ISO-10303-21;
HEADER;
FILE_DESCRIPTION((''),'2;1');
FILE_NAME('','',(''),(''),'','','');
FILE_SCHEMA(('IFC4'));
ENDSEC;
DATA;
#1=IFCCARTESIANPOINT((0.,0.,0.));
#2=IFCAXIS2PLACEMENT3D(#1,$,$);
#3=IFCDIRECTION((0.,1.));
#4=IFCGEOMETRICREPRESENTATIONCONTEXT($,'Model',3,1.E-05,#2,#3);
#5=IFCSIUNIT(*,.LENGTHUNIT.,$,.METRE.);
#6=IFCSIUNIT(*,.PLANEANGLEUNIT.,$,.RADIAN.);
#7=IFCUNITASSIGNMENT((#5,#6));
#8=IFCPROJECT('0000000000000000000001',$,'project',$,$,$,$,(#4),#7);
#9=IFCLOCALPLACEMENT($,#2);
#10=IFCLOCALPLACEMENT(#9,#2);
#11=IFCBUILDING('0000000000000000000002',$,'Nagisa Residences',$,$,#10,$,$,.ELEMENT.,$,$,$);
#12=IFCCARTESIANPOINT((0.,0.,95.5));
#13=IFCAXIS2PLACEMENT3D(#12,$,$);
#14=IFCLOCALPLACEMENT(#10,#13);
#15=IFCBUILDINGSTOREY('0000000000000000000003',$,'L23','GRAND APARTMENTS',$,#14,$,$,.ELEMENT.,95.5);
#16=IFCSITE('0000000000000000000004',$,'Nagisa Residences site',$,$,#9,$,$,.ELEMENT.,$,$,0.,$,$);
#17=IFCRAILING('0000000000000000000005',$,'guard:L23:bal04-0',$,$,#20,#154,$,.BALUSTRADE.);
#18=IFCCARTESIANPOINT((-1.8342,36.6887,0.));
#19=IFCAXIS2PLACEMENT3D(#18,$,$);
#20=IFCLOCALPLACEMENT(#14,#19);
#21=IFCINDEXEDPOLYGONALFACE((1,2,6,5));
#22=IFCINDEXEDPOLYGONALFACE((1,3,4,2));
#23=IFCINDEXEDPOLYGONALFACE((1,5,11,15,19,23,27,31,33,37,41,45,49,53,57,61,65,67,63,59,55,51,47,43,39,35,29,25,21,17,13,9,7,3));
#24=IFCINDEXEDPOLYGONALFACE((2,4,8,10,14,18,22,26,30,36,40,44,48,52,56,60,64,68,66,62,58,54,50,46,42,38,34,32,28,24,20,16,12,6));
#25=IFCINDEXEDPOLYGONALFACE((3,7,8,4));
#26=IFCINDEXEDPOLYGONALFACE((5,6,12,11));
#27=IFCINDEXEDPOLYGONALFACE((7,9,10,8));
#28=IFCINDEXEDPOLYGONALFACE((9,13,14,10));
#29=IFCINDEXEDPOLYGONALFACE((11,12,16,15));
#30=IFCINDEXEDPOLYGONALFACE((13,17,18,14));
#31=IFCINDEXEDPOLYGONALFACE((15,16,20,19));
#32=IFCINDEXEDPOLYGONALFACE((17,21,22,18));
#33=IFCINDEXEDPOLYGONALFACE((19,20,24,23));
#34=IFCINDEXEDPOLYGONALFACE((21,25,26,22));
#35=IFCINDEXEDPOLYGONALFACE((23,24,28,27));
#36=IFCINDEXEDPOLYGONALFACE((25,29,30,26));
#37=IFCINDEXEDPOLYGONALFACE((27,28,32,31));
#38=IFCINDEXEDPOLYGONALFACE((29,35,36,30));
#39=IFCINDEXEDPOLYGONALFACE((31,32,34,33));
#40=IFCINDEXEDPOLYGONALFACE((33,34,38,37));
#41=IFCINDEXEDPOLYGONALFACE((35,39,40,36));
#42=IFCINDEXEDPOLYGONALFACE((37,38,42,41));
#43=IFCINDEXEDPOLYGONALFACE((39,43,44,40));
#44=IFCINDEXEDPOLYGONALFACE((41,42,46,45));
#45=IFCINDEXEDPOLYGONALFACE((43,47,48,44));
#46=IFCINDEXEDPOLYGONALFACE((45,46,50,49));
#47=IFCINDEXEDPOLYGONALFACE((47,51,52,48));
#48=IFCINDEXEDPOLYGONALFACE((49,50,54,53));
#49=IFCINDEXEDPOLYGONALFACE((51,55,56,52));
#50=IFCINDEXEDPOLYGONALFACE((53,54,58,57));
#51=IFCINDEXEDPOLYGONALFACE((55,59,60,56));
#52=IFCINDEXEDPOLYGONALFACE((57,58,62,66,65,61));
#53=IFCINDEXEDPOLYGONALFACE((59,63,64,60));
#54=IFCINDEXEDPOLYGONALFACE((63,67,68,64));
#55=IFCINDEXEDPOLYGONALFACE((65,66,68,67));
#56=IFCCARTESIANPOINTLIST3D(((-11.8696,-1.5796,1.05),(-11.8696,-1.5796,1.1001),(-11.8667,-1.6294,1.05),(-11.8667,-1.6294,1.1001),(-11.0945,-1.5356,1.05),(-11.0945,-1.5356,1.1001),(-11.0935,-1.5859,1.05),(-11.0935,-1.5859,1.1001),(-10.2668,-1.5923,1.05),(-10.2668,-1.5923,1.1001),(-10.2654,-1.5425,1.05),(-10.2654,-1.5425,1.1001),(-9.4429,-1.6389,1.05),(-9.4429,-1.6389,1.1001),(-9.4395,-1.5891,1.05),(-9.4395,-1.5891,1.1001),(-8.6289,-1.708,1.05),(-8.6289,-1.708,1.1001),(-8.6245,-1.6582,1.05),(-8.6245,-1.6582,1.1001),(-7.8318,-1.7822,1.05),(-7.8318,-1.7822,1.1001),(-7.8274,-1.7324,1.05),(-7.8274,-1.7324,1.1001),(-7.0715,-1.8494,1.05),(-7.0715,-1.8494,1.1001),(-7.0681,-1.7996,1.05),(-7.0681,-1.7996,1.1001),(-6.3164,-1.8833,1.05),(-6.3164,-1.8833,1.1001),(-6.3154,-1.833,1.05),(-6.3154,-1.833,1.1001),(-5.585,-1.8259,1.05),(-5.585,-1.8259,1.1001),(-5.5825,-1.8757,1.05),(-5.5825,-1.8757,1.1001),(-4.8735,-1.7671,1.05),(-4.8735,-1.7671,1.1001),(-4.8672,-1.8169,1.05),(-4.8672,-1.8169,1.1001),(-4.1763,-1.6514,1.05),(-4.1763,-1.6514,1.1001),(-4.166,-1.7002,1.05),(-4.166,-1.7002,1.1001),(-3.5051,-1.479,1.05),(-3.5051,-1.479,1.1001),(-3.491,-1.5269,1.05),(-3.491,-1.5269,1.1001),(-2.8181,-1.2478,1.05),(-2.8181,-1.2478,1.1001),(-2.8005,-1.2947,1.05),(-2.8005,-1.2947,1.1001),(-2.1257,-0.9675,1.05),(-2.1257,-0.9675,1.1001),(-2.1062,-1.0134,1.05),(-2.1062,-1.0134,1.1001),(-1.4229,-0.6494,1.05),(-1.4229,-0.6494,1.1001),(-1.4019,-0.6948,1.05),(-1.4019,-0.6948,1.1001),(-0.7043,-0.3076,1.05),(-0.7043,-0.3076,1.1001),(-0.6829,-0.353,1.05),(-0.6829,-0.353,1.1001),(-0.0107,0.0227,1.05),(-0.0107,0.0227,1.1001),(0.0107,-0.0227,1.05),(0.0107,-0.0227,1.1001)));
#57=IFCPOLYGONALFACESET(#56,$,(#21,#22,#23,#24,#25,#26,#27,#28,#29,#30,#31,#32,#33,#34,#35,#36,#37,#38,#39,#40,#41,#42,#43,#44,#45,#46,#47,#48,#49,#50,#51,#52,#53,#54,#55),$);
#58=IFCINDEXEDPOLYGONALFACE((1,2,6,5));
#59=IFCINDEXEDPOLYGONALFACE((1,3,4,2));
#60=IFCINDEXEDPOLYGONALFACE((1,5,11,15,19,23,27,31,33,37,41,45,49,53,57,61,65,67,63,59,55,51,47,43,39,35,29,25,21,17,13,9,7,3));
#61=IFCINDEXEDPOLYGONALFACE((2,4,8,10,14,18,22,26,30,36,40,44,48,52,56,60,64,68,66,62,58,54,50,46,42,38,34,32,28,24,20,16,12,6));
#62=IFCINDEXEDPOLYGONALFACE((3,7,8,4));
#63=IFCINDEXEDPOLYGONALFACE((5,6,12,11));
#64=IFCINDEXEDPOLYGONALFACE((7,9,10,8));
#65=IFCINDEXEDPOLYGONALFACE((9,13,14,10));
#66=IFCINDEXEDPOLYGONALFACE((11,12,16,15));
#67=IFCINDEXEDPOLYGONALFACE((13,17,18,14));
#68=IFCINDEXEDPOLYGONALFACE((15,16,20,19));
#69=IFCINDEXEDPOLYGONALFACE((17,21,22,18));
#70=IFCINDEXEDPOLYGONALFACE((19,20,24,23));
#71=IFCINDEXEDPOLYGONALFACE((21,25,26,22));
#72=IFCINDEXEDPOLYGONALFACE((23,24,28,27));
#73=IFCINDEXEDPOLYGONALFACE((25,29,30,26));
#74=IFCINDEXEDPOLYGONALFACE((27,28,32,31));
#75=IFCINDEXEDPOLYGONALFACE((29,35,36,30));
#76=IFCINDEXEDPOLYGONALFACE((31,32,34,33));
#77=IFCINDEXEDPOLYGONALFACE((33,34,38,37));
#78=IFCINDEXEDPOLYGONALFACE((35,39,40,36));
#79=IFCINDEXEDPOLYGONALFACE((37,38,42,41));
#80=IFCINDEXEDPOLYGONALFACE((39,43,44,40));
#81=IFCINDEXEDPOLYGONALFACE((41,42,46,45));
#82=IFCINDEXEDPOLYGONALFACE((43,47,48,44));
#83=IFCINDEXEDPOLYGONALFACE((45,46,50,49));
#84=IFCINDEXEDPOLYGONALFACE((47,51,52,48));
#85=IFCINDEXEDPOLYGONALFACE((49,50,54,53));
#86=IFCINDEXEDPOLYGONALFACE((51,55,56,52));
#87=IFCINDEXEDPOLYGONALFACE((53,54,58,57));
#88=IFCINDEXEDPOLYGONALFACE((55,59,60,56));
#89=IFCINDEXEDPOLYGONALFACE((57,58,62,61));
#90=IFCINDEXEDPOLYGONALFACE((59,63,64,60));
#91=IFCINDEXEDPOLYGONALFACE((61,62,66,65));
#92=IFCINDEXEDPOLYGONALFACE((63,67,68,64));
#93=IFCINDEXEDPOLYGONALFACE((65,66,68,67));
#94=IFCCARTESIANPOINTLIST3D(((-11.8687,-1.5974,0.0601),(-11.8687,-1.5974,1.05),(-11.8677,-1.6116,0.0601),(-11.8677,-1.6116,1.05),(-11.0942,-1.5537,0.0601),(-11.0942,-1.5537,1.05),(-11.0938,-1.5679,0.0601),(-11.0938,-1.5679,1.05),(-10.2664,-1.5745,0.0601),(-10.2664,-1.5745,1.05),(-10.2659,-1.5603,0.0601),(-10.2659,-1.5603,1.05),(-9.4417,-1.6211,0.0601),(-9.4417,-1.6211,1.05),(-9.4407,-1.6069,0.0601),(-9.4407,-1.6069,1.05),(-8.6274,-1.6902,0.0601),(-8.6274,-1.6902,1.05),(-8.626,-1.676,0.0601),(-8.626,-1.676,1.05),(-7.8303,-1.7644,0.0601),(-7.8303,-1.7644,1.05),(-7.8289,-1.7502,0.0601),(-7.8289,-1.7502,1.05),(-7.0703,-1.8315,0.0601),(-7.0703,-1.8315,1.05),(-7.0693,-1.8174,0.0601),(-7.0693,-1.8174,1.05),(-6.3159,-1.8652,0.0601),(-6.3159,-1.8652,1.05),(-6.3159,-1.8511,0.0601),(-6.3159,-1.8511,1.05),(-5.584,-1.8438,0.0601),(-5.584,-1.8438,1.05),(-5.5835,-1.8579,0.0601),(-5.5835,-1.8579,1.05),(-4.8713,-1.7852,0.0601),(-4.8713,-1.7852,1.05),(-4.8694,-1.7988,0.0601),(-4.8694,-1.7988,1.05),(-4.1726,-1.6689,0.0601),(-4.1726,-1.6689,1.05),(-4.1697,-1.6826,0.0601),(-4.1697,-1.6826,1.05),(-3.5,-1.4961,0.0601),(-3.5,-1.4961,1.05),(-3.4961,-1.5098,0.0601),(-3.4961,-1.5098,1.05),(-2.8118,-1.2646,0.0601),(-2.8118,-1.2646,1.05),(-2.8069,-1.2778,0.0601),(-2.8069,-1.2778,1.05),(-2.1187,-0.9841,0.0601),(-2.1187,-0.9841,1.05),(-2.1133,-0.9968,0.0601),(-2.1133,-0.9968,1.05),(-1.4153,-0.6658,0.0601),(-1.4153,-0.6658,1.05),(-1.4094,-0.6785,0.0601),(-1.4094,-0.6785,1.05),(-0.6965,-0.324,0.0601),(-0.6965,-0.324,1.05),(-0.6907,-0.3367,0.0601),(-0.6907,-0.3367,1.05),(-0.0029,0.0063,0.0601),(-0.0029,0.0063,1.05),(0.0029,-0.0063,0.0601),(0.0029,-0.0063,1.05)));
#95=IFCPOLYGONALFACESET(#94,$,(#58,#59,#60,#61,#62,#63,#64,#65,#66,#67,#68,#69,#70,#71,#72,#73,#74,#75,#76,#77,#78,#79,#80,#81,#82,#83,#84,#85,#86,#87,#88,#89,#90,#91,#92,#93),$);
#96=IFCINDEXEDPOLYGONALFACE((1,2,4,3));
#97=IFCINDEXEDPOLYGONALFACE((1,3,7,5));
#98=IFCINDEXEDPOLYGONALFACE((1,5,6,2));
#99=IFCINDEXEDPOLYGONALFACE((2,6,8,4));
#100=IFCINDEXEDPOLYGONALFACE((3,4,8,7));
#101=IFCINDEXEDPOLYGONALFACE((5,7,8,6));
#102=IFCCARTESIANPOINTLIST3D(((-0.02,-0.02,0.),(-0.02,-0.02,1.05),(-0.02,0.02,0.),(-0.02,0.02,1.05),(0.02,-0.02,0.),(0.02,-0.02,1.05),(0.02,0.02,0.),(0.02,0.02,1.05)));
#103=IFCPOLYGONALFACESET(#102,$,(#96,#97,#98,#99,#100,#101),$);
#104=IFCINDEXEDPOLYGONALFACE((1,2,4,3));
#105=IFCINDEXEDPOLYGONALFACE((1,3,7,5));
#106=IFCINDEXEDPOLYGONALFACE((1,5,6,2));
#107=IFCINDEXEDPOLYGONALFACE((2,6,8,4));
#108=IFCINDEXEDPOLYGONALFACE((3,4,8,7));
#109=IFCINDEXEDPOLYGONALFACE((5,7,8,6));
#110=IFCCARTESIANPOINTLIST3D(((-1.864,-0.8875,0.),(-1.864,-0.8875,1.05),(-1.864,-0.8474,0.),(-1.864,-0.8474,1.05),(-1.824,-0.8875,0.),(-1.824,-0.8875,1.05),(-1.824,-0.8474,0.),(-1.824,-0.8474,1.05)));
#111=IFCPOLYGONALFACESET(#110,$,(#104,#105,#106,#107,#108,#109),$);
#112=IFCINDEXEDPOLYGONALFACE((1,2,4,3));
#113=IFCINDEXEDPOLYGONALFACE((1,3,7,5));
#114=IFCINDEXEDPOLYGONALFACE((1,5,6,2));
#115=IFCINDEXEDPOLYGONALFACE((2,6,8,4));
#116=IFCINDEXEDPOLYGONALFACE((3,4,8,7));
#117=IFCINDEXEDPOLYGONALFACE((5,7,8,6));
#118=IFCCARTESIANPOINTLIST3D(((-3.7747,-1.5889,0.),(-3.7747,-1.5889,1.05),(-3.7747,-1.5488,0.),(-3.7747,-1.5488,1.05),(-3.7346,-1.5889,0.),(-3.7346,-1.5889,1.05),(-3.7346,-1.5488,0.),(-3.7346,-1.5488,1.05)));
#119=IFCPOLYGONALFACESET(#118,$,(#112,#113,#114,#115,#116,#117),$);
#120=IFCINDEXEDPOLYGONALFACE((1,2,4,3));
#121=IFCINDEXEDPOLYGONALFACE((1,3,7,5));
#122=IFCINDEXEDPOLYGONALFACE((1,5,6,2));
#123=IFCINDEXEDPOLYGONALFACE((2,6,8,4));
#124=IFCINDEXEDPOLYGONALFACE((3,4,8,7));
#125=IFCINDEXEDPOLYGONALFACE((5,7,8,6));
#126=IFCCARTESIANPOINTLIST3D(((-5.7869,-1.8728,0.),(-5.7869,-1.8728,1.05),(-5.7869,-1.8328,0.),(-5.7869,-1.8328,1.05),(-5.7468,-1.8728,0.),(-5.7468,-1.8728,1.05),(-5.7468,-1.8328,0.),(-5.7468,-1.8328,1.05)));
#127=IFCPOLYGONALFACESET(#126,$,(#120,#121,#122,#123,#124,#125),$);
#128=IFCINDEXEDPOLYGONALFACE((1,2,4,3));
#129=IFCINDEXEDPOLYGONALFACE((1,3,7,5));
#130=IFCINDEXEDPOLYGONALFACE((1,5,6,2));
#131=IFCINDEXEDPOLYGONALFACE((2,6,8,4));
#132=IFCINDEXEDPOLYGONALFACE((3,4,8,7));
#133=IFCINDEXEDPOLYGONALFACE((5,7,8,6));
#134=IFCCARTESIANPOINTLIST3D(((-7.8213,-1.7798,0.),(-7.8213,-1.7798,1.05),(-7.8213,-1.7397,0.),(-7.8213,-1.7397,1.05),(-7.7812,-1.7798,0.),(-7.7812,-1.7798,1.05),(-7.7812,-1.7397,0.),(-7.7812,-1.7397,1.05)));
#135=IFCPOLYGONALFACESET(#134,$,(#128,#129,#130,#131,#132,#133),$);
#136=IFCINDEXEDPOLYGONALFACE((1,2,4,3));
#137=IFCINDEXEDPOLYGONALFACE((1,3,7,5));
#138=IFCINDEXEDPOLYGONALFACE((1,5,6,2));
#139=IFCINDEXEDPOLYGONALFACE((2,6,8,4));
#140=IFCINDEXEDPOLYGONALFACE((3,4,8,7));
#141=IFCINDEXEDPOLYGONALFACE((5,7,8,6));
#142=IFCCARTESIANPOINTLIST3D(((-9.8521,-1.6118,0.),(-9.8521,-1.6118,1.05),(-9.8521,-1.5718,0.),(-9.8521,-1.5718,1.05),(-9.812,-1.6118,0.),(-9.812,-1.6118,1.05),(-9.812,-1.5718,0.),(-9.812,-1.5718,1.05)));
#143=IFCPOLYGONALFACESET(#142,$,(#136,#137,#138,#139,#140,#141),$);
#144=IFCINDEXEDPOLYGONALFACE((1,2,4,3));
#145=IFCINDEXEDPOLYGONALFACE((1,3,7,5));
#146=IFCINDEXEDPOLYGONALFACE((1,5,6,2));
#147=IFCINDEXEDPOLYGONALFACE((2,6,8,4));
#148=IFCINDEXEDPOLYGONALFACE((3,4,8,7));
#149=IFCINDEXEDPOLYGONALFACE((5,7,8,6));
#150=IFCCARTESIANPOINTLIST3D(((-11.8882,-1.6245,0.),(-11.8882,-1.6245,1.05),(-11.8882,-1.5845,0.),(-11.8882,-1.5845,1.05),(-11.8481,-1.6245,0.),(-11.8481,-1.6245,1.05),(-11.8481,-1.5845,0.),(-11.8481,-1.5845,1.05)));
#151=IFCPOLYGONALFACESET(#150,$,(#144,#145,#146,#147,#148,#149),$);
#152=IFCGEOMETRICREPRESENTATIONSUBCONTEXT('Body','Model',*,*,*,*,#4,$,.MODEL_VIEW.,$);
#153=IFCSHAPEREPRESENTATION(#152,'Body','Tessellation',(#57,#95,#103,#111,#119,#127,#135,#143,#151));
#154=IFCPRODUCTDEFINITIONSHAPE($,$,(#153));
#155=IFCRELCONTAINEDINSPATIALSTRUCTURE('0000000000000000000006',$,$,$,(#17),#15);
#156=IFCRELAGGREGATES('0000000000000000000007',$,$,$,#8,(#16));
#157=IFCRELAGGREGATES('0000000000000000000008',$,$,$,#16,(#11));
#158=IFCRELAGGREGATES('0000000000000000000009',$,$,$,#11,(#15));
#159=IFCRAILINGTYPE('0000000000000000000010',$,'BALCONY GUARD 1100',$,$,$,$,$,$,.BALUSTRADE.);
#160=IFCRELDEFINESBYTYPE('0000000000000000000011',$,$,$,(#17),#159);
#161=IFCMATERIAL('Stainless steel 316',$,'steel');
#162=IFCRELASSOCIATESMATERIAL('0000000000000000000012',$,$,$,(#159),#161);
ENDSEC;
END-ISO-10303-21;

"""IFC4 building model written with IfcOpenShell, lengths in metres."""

from ifc_helpers import new_model, si_unit, direction, frame, origin, origin_2d, place, context, subcontext, project, spatial, polyline, rectangle, outline, extrude, material, type_object, element, save


model = new_model("IFC4")

# Units and contexts
model_context = context("Model", 3, precision=1e-05, world=origin(), true_north=direction((0.0, 1.0)))
body_context = subcontext(model_context, "Body", "Model", "MODEL_VIEW")
ifc_project = project(units=[si_unit("LENGTHUNIT", "METRE"), si_unit("PLANEANGLEUNIT", "RADIAN")], contexts=[model_context])

# Site, building, storey
site_placement = place(None, origin())
site = spatial("IfcSite", under=ifc_project, at=site_placement, Name="Nagisa Residences site", CompositionType="ELEMENT", RefElevation=0.0)
building_placement = place(site_placement, origin())
building = spatial("IfcBuilding", under=site, at=building_placement, Name="Nagisa Residences", CompositionType="ELEMENT")
storey_placement = place(building_placement, frame((0.0, 0.0, 95.5)))
storey = spatial("IfcBuildingStorey", under=building, at=storey_placement, Name="L23", Description="GRAND APARTMENTS", CompositionType="ELEMENT", Elevation=95.5)

# Railing
ifc_material_1 = material(Name="Stainless steel 316", Category="steel")
railing_type = type_object("IfcRailingType", Name="BALCONY GUARD 1100", PredefinedType="BALUSTRADE", material=ifc_material_1)
railing_placement = place(storey_placement, frame((-1.8342, 36.6887, 0.0)))
element("IfcRailing", 1, at=railing_placement, inside=storey, type_object=railing_type, Name="guard:L23:bal04-0", PredefinedType="BALUSTRADE", context=body_context, shape_type="SweptSolid", body=[
    extrude(outline(polyline([(-0.6829, -0.353), (0.0107, -0.0227), (-0.0107, 0.0227), (-0.7043, -0.3076), (-1.4229, -0.6494), (-2.1257, -0.9675), (-2.8181, -1.2478), (-3.5051, -1.479), (-4.1763, -1.6514), (-4.8735, -1.7671), (-5.585, -1.8259), (-6.3154, -1.833), (-7.0681, -1.7996), (-7.8274, -1.7324), (-8.6245, -1.6582), (-9.4395, -1.5891), (-10.2654, -1.5425), (-11.0945, -1.5356), (-11.8696, -1.5796), (-11.8667, -1.6294), (-11.0935, -1.5859), (-10.2668, -1.5923), (-9.4429, -1.6389), (-8.6289, -1.708), (-7.8318, -1.7822), (-7.0715, -1.8494), (-6.3164, -1.8833), (-5.5825, -1.8757), (-4.8672, -1.8169), (-4.166, -1.7002), (-3.491, -1.5269), (-2.8005, -1.2947), (-2.1062, -1.0134), (-1.4019, -0.6948), (-0.6829, -0.353)])), frame((0.0, 0.0, 1.05)), (0.0, 0.0, 1.0), 0.05),
    extrude(outline(polyline([(-0.6907, -0.3367), (0.0029, -0.0063), (-0.0029, 0.0063), (-0.6965, -0.324), (-1.4153, -0.6658), (-2.1187, -0.9841), (-2.8118, -1.2646), (-3.5, -1.4961), (-4.1726, -1.6689), (-4.8713, -1.7852), (-5.584, -1.8438), (-6.3159, -1.8511), (-7.0693, -1.8174), (-7.8289, -1.7502), (-8.626, -1.676), (-9.4407, -1.6069), (-10.2659, -1.5603), (-11.0942, -1.5537), (-11.8687, -1.5974), (-11.8677, -1.6116), (-11.0938, -1.5679), (-10.2664, -1.5745), (-9.4417, -1.6211), (-8.6274, -1.6902), (-7.8303, -1.7644), (-7.0703, -1.8315), (-6.3159, -1.8652), (-5.5835, -1.8579), (-4.8694, -1.7988), (-4.1697, -1.6826), (-3.4961, -1.5098), (-2.8069, -1.2778), (-2.1133, -0.9968), (-1.4094, -0.6785), (-0.6907, -0.3367)])), frame((0.0, 0.0, 0.0601)), (0.0, 0.0, 1.0), 0.99),
    extrude(rectangle(XDim=0.04, YDim=0.04, at=origin_2d()), origin(), (0.0, 0.0, 1.0), 1.05),
    extrude(rectangle(XDim=0.04, YDim=0.04, at=origin_2d()), frame((-1.844, -0.8674, 0.0)), (0.0, 0.0, 1.0), 1.05),
    extrude(rectangle(XDim=0.04, YDim=0.04, at=origin_2d()), frame((-3.7546, -1.5688, 0.0)), (0.0, 0.0, 1.0), 1.05),
    extrude(rectangle(XDim=0.04, YDim=0.04, at=origin_2d()), frame((-5.7668, -1.8528, 0.0)), (0.0, 0.0, 1.0), 1.05),
    extrude(rectangle(XDim=0.04, YDim=0.04, at=origin_2d()), frame((-7.8013, -1.7598, 0.0)), (0.0, 0.0, 1.0), 1.05),
    extrude(rectangle(XDim=0.04, YDim=0.04, at=origin_2d()), frame((-9.832, -1.5918, 0.0)), (0.0, 0.0, 1.0), 1.05),
    extrude(rectangle(XDim=0.04, YDim=0.04, at=origin_2d()), frame((-11.8682, -1.6045, 0.0)), (0.0, 0.0, 1.0), 1.05),
])

save(model, "model.ifc")
